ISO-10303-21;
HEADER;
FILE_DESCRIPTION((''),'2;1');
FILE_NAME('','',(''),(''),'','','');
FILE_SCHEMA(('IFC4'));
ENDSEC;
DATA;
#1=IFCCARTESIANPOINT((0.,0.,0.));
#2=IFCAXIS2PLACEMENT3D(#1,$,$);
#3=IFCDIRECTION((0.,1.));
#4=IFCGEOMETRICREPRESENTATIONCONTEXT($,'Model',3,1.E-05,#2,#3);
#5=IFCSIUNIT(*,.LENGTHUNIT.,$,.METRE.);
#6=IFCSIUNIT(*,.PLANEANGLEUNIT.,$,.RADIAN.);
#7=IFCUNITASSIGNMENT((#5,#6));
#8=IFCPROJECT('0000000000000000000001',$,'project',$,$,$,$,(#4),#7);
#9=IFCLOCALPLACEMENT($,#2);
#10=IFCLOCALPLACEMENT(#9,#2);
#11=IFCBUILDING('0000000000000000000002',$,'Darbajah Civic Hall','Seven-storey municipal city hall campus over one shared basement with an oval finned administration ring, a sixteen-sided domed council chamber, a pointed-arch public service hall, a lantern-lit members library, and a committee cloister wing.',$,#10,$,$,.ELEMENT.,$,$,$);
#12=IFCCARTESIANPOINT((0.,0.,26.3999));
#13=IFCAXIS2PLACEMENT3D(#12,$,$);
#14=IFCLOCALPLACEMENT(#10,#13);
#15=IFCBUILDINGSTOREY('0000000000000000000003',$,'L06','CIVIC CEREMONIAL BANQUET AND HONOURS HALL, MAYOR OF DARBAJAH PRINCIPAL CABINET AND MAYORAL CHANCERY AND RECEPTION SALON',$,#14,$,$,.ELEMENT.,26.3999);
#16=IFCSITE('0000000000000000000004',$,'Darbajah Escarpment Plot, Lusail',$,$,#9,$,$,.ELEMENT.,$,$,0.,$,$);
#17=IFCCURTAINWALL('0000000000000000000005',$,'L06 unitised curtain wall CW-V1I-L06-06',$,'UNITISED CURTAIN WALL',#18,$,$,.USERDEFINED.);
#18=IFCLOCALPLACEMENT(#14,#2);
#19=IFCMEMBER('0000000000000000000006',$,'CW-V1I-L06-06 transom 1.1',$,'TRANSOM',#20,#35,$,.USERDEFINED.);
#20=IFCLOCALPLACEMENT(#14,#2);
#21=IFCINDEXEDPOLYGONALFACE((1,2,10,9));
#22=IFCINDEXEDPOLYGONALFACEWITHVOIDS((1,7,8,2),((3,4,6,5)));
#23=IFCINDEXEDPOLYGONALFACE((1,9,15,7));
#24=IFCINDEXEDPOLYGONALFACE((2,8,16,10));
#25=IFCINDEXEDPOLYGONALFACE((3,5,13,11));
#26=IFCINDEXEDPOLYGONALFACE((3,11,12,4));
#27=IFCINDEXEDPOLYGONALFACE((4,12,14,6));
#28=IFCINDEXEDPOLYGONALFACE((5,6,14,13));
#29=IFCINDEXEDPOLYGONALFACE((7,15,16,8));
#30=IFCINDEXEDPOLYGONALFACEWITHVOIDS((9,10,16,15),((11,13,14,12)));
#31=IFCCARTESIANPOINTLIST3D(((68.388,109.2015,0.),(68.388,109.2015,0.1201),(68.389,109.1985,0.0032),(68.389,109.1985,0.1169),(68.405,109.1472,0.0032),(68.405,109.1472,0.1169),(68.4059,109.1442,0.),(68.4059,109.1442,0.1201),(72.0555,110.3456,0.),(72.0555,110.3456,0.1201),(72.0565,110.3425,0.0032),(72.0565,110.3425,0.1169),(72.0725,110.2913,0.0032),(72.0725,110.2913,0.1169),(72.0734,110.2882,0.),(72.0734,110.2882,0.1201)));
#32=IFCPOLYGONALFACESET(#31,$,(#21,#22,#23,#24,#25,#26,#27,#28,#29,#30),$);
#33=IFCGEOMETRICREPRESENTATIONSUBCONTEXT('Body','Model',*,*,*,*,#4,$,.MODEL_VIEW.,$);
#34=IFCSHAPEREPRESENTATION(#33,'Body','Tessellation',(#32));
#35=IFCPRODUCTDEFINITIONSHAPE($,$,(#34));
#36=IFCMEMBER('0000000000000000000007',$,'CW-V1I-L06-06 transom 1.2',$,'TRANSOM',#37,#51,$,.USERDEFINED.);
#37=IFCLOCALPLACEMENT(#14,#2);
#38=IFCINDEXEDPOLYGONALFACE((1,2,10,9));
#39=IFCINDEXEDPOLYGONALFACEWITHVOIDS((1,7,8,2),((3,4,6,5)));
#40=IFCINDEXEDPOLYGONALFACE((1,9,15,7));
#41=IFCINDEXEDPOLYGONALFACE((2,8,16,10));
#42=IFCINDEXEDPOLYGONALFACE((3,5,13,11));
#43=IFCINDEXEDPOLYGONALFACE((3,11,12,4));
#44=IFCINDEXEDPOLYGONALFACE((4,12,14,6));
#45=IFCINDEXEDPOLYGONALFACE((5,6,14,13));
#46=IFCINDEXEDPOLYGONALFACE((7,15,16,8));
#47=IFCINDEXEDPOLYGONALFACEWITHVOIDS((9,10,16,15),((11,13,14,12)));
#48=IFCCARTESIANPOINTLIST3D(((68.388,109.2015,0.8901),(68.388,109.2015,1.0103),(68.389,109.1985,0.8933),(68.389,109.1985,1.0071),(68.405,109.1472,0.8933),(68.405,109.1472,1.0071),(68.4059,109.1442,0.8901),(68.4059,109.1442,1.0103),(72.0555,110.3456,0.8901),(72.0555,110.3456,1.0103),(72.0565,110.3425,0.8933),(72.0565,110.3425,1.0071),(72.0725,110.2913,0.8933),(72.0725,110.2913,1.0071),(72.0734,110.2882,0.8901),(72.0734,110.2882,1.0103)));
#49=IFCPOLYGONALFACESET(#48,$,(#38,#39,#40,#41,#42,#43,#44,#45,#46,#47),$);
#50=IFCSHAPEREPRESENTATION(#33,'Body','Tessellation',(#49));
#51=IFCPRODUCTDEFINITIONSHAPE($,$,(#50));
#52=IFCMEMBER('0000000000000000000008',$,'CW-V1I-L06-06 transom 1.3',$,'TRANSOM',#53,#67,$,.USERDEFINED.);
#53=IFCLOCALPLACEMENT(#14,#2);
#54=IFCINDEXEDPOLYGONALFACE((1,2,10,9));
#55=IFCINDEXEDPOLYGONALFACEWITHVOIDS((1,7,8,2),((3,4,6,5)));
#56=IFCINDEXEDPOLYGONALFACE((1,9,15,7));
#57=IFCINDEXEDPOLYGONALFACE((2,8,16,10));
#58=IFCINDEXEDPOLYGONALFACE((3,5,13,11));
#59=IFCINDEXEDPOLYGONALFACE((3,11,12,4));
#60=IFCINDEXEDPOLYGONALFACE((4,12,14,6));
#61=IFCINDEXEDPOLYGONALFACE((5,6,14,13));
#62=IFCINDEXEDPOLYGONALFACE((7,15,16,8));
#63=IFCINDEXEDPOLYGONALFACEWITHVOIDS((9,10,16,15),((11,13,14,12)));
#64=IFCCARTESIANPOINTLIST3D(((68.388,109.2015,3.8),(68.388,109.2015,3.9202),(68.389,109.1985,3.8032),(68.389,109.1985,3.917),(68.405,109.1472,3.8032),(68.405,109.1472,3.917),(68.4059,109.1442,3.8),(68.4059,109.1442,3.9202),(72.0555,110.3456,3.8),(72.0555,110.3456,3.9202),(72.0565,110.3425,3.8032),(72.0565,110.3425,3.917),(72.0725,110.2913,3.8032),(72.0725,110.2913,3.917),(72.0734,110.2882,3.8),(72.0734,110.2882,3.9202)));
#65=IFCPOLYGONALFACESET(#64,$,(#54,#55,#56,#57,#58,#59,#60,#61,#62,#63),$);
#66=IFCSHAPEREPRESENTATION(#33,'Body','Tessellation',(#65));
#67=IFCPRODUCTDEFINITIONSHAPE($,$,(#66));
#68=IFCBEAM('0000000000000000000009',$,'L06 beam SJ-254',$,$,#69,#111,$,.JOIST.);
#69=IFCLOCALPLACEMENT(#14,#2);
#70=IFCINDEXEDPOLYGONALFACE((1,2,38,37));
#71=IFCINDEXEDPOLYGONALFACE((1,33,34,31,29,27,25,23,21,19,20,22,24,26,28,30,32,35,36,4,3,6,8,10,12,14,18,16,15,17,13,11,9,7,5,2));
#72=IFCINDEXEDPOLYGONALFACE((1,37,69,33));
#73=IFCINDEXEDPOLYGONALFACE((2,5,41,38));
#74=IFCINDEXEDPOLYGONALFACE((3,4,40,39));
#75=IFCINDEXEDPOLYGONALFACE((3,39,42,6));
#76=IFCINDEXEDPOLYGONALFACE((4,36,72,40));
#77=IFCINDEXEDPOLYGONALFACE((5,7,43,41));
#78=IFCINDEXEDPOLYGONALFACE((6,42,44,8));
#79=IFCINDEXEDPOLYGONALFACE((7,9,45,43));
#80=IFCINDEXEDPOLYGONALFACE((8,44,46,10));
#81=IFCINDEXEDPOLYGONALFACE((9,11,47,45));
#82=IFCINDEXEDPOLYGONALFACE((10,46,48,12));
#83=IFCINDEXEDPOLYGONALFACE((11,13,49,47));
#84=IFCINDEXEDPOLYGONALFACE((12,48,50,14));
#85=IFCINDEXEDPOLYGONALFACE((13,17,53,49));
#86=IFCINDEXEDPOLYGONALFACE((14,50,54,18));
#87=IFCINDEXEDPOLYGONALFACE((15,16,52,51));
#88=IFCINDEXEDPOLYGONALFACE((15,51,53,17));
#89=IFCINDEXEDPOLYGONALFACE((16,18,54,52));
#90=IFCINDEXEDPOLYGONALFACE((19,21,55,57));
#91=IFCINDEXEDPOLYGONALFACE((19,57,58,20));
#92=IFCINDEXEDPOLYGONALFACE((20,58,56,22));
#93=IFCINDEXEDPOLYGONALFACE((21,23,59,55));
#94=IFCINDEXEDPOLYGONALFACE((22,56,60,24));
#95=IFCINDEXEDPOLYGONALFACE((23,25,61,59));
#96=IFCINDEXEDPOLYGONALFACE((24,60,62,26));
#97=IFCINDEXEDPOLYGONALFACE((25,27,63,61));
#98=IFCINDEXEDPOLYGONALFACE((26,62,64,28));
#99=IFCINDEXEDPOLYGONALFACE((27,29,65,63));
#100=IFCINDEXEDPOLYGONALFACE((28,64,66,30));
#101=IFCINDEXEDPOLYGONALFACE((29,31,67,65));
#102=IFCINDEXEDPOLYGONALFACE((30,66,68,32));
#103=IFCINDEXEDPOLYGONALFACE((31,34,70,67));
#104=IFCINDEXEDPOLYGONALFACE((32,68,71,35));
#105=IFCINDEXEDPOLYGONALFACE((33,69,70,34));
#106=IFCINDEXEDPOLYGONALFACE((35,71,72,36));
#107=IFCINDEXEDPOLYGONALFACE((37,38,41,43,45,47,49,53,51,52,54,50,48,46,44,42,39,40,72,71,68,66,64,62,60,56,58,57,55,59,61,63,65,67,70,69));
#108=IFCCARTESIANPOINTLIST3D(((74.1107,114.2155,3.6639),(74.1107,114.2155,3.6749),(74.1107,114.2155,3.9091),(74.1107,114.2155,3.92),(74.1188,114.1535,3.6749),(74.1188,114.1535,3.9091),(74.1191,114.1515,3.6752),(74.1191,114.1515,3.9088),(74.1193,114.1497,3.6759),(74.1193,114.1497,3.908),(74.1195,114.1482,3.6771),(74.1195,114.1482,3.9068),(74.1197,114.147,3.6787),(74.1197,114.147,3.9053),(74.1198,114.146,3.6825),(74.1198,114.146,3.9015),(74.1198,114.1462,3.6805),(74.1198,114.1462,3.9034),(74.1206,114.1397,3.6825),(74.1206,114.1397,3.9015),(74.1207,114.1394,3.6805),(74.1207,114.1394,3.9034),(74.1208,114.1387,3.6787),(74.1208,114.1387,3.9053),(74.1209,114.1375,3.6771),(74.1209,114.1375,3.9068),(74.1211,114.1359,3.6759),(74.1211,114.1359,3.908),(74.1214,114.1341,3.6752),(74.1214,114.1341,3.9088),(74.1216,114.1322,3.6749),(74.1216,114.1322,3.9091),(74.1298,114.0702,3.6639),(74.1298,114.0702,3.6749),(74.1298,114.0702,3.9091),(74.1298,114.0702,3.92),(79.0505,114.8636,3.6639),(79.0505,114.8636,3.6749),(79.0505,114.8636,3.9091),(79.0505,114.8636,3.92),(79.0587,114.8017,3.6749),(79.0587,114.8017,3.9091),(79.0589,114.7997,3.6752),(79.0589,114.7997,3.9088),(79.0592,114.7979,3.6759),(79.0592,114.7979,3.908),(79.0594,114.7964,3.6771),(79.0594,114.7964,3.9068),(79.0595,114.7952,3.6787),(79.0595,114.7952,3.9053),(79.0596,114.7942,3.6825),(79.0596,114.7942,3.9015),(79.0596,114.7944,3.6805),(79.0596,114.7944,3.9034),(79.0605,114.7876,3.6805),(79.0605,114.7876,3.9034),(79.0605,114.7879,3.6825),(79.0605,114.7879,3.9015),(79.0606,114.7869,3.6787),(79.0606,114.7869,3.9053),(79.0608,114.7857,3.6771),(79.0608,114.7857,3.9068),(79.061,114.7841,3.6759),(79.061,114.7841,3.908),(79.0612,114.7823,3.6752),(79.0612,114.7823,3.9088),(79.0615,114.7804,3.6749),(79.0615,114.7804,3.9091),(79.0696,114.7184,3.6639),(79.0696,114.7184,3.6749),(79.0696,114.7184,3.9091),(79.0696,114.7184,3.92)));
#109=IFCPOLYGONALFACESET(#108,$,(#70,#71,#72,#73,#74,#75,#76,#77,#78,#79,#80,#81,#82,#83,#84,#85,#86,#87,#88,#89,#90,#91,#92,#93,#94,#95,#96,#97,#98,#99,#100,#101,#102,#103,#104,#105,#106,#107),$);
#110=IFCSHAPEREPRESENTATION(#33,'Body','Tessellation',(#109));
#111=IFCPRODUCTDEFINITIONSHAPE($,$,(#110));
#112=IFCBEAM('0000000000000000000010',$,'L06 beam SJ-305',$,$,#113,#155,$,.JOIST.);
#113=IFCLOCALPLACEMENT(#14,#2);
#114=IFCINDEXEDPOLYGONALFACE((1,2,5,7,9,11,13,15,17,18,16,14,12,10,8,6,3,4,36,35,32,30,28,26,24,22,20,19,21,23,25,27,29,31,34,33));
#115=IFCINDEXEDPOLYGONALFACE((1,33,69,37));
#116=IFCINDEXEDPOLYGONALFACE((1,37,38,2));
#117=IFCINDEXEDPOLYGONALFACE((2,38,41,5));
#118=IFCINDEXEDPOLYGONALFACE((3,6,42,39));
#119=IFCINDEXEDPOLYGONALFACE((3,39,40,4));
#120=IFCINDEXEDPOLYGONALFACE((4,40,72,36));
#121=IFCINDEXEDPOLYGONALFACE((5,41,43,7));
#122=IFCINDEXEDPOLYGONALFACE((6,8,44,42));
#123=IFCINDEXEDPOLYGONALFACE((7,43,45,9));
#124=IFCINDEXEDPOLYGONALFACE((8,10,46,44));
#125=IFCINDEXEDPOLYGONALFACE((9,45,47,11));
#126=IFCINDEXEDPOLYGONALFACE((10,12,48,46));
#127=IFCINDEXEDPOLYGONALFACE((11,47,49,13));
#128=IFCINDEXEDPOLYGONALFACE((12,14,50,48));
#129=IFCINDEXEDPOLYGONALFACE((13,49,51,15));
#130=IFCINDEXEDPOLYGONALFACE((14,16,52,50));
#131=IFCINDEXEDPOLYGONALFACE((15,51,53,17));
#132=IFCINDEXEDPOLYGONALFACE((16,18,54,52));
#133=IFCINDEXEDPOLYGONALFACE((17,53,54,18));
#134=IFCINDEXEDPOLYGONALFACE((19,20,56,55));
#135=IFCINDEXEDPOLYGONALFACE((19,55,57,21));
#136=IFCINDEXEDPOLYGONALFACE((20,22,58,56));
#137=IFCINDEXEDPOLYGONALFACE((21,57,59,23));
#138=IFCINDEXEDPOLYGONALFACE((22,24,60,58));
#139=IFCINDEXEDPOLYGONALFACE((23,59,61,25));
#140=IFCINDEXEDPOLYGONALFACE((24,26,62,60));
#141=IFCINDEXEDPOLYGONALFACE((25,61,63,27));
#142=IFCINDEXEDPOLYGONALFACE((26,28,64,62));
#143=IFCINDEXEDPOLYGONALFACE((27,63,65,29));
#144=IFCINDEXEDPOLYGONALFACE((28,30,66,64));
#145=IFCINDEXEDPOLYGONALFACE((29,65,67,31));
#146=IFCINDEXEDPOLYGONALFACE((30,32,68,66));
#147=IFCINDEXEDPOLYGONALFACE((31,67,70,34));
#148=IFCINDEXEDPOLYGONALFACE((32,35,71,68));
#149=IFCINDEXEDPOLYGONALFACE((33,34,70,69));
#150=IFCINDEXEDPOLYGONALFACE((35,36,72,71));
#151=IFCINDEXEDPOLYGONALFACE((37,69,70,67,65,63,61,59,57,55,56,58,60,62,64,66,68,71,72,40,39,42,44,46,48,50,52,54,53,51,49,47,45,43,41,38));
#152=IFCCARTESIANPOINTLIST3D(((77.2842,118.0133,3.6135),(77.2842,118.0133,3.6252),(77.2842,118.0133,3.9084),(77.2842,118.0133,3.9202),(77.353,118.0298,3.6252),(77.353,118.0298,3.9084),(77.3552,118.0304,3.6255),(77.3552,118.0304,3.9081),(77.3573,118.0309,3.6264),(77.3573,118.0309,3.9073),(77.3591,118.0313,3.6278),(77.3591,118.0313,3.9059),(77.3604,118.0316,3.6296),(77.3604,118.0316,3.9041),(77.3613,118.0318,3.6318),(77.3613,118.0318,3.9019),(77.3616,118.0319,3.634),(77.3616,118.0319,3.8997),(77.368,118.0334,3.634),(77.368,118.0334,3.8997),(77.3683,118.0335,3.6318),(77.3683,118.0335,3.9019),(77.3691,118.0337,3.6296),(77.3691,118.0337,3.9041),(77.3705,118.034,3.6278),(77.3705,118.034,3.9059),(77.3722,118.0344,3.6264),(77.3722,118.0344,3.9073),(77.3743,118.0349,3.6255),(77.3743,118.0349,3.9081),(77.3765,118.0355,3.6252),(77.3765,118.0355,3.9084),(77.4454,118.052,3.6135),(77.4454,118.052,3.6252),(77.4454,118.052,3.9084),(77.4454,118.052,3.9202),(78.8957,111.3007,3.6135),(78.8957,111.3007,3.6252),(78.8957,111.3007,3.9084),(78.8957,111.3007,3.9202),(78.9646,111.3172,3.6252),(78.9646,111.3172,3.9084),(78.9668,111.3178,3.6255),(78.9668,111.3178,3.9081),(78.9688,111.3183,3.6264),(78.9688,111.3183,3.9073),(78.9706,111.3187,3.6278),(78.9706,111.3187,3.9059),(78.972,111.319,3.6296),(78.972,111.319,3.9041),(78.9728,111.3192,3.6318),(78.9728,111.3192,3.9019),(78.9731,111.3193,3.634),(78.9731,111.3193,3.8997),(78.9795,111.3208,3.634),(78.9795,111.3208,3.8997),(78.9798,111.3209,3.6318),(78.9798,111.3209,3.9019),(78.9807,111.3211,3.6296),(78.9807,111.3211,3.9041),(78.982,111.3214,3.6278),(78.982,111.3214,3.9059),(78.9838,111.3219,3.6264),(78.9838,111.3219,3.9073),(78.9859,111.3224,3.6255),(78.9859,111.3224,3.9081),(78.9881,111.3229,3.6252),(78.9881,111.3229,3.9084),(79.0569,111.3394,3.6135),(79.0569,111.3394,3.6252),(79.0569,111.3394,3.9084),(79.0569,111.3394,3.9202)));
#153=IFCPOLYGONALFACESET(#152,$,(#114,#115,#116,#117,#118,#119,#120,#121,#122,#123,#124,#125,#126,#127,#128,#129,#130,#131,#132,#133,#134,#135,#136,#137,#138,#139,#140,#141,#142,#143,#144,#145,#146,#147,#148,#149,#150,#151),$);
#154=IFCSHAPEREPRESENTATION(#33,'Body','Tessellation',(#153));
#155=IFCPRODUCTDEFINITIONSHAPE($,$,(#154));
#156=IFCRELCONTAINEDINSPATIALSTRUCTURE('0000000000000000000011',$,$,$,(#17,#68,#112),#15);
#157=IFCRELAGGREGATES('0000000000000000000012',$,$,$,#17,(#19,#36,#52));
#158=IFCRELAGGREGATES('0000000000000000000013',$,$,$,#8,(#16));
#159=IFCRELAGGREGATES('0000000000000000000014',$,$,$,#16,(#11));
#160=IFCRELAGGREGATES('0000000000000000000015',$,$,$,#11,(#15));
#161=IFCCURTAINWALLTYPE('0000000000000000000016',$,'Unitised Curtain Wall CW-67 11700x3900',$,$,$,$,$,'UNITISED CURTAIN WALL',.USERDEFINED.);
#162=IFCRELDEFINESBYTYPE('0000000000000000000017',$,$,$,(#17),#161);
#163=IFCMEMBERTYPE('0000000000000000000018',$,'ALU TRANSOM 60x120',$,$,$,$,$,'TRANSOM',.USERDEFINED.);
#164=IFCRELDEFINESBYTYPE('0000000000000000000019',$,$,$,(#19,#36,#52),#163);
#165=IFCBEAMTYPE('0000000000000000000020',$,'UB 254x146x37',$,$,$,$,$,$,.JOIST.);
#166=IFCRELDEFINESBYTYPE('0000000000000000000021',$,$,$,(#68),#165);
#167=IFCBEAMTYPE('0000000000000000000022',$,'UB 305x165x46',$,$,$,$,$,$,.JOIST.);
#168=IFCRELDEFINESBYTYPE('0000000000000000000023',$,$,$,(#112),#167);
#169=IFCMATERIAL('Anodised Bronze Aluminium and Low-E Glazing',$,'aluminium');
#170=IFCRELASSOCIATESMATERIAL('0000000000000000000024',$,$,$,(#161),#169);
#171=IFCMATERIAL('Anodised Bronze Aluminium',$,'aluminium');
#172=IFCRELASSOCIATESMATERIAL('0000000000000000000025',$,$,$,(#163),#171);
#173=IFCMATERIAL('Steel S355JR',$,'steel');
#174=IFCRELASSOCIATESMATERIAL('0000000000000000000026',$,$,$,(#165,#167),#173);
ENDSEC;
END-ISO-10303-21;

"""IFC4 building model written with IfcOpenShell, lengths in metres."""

from ifc_helpers import new_model, si_unit, direction, frame, origin, origin_2d, place, context, subcontext, project, spatial, hollow_rectangle, i_section, extrude, material, material_profile, profile_set, type_object, element, aggregate, save


model = new_model("IFC4")

# Units and contexts
model_context = context("Model", 3, precision=1e-05, world=origin(), true_north=direction((0.0, 1.0)))
body_context = subcontext(model_context, "Body", "Model", "MODEL_VIEW")
ifc_project = project(units=[si_unit("LENGTHUNIT", "METRE"), si_unit("PLANEANGLEUNIT", "RADIAN")], contexts=[model_context])

# Site, building, storey
site_placement = place(None, origin())
site = spatial("IfcSite", under=ifc_project, at=site_placement, Name="Darbajah Escarpment Plot, Lusail", CompositionType="ELEMENT", RefElevation=0.0)
building_placement = place(site_placement, origin())
building = spatial("IfcBuilding", under=site, at=building_placement, Name="Darbajah Civic Hall", Description="Seven-storey municipal city hall campus over one shared basement with an oval finned administration ring, a sixteen-sided domed council chamber, a pointed-arch public service hall, a lantern-lit members library, and a committee cloister wing.", CompositionType="ELEMENT")
storey_placement = place(building_placement, frame((0.0, 0.0, 26.3999)))
storey = spatial("IfcBuildingStorey", under=building, at=storey_placement, Name="L06", Description="CIVIC CEREMONIAL BANQUET AND HONOURS HALL, MAYOR OF DARBAJAH PRINCIPAL CABINET AND MAYORAL CHANCERY AND RECEPTION SALON", CompositionType="ELEMENT", Elevation=26.3999)

# Shared definitions
ifc_material_1 = material(Name="Anodised Bronze Aluminium and Low-E Glazing", Category="aluminium")
ifc_material_2 = material(Name="Anodised Bronze Aluminium", Category="aluminium")

# Curtain wall
curtain_wall_type_1 = type_object("IfcCurtainWallType", Name="Unitised Curtain Wall CW-67 11700x3900", ElementType="UNITISED CURTAIN WALL", PredefinedType="USERDEFINED", material=ifc_material_1)
curtain_wall_1_placement = place(storey_placement, origin())
curtain_wall_1 = element("IfcCurtainWall", 1, at=curtain_wall_1_placement, inside=storey, type_object=curtain_wall_type_1, Name="L06 unitised curtain wall CW-V1I-L06-06", ObjectType="UNITISED CURTAIN WALL", PredefinedType="USERDEFINED")

# Members
ifc_material_profile_1 = material_profile(ifc_material_2, hollow_rectangle(XDim=0.0601, YDim=0.1201, WallThickness=0.0032, at=origin_2d()), Name="ALU TRANSOM 60x120")
ifc_profile_set_1 = profile_set([ifc_material_profile_1], Name="Anodised Bronze Aluminium")
member_type_1 = type_object("IfcMemberType", Name="ALU TRANSOM 60x120", ElementType="TRANSOM", PredefinedType="USERDEFINED", material=ifc_profile_set_1)
member_1_placement = place(storey_placement, frame((72.0645, 110.3169, 0.0601), z_axis=(-0.954631, -0.29779, 0.0), x_axis=(0.29779, -0.954631, 0.0)))
member_1 = element("IfcMember", 2, at=member_1_placement, type_object=member_type_1, Name="CW-V1I-L06-06 transom 1.1", ObjectType="TRANSOM", PredefinedType="USERDEFINED", context=body_context, shape_type="SweptSolid", body=[
    extrude(hollow_rectangle(XDim=0.0601, YDim=0.1201, WallThickness=0.0032, at=origin_2d()), origin(), (0.0, 0.0, 1.0), 3.8418),
])
member_2_placement = place(storey_placement, frame((72.0645, 110.3169, 0.9502), z_axis=(-0.954631, -0.29779, 0.0), x_axis=(0.29779, -0.954631, 0.0)))
member_2 = element("IfcMember", 3, at=member_2_placement, type_object=member_type_1, Name="CW-V1I-L06-06 transom 1.2", ObjectType="TRANSOM", PredefinedType="USERDEFINED", context=body_context, shape_type="SweptSolid", body=[
    extrude(hollow_rectangle(XDim=0.0601, YDim=0.1201, WallThickness=0.0032, at=origin_2d()), origin(), (0.0, 0.0, 1.0), 3.8418),
])
member_3_placement = place(storey_placement, frame((72.0645, 110.3169, 3.8601), z_axis=(-0.954631, -0.29779, 0.0), x_axis=(0.29779, -0.954631, 0.0)))
member_3 = element("IfcMember", 4, at=member_3_placement, type_object=member_type_1, Name="CW-V1I-L06-06 transom 1.3", ObjectType="TRANSOM", PredefinedType="USERDEFINED", context=body_context, shape_type="SweptSolid", body=[
    extrude(hollow_rectangle(XDim=0.0601, YDim=0.1201, WallThickness=0.0032, at=origin_2d()), origin(), (0.0, 0.0, 1.0), 3.8418),
])
aggregate(curtain_wall_1, [member_1, member_2, member_3])

# Beams
ifc_material_3 = material(Name="Steel S355JR", Category="steel")
ifc_material_profile_2 = material_profile(ifc_material_3, i_section(OverallWidth=0.1465, OverallDepth=0.2561, WebThickness=0.0063, FlangeThickness=0.011, FilletRadius=0.0076, at=origin_2d()), Name="UB 254x146x37")
ifc_profile_set_2 = profile_set([ifc_material_profile_2], Name="Steel S355JR")
beam_type_1 = type_object("IfcBeamType", Name="UB 254x146x37", PredefinedType="JOIST", material=ifc_profile_set_2)
beam_1_placement = place(storey_placement, frame((79.0601, 114.791, 3.792), z_axis=(-0.991501, -0.1301, 0.0), x_axis=(0.1301, -0.991501, 0.0)))
element("IfcBeam", 5, at=beam_1_placement, inside=storey, type_object=beam_type_1, Name="L06 beam SJ-254", PredefinedType="JOIST", context=body_context, shape_type="SweptSolid", body=[
    extrude(i_section(OverallWidth=0.1465, OverallDepth=0.2561, WebThickness=0.0063, FlangeThickness=0.011, FilletRadius=0.0076, at=origin_2d()), origin(), (0.0, 0.0, 1.0), 4.9822),
])
ifc_material_profile_3 = material_profile(ifc_material_3, i_section(OverallWidth=0.1658, OverallDepth=0.3066, WebThickness=0.0066, FlangeThickness=0.0117, FilletRadius=0.0088, at=origin_2d()), Name="UB 305x165x46")
ifc_profile_set_3 = profile_set([ifc_material_profile_3], Name="Steel S355JR")
beam_type_2 = type_object("IfcBeamType", Name="UB 305x165x46", PredefinedType="JOIST", material=ifc_profile_set_3)
beam_2_placement = place(storey_placement, frame((78.9763, 111.3201, 3.7668), z_axis=(-0.233447, 0.97237, 0.0), x_axis=(-0.97237, -0.233447, 0.0)))
element("IfcBeam", 6, at=beam_2_placement, inside=storey, type_object=beam_type_2, Name="L06 beam SJ-305", PredefinedType="JOIST", context=body_context, shape_type="SweptSolid", body=[
    extrude(i_section(OverallWidth=0.1658, OverallDepth=0.3066, WebThickness=0.0066, FlangeThickness=0.0117, FilletRadius=0.0088, at=origin_2d()), origin(), (0.0, 0.0, 1.0), 6.9033),
])

save(model, "model.ifc")
